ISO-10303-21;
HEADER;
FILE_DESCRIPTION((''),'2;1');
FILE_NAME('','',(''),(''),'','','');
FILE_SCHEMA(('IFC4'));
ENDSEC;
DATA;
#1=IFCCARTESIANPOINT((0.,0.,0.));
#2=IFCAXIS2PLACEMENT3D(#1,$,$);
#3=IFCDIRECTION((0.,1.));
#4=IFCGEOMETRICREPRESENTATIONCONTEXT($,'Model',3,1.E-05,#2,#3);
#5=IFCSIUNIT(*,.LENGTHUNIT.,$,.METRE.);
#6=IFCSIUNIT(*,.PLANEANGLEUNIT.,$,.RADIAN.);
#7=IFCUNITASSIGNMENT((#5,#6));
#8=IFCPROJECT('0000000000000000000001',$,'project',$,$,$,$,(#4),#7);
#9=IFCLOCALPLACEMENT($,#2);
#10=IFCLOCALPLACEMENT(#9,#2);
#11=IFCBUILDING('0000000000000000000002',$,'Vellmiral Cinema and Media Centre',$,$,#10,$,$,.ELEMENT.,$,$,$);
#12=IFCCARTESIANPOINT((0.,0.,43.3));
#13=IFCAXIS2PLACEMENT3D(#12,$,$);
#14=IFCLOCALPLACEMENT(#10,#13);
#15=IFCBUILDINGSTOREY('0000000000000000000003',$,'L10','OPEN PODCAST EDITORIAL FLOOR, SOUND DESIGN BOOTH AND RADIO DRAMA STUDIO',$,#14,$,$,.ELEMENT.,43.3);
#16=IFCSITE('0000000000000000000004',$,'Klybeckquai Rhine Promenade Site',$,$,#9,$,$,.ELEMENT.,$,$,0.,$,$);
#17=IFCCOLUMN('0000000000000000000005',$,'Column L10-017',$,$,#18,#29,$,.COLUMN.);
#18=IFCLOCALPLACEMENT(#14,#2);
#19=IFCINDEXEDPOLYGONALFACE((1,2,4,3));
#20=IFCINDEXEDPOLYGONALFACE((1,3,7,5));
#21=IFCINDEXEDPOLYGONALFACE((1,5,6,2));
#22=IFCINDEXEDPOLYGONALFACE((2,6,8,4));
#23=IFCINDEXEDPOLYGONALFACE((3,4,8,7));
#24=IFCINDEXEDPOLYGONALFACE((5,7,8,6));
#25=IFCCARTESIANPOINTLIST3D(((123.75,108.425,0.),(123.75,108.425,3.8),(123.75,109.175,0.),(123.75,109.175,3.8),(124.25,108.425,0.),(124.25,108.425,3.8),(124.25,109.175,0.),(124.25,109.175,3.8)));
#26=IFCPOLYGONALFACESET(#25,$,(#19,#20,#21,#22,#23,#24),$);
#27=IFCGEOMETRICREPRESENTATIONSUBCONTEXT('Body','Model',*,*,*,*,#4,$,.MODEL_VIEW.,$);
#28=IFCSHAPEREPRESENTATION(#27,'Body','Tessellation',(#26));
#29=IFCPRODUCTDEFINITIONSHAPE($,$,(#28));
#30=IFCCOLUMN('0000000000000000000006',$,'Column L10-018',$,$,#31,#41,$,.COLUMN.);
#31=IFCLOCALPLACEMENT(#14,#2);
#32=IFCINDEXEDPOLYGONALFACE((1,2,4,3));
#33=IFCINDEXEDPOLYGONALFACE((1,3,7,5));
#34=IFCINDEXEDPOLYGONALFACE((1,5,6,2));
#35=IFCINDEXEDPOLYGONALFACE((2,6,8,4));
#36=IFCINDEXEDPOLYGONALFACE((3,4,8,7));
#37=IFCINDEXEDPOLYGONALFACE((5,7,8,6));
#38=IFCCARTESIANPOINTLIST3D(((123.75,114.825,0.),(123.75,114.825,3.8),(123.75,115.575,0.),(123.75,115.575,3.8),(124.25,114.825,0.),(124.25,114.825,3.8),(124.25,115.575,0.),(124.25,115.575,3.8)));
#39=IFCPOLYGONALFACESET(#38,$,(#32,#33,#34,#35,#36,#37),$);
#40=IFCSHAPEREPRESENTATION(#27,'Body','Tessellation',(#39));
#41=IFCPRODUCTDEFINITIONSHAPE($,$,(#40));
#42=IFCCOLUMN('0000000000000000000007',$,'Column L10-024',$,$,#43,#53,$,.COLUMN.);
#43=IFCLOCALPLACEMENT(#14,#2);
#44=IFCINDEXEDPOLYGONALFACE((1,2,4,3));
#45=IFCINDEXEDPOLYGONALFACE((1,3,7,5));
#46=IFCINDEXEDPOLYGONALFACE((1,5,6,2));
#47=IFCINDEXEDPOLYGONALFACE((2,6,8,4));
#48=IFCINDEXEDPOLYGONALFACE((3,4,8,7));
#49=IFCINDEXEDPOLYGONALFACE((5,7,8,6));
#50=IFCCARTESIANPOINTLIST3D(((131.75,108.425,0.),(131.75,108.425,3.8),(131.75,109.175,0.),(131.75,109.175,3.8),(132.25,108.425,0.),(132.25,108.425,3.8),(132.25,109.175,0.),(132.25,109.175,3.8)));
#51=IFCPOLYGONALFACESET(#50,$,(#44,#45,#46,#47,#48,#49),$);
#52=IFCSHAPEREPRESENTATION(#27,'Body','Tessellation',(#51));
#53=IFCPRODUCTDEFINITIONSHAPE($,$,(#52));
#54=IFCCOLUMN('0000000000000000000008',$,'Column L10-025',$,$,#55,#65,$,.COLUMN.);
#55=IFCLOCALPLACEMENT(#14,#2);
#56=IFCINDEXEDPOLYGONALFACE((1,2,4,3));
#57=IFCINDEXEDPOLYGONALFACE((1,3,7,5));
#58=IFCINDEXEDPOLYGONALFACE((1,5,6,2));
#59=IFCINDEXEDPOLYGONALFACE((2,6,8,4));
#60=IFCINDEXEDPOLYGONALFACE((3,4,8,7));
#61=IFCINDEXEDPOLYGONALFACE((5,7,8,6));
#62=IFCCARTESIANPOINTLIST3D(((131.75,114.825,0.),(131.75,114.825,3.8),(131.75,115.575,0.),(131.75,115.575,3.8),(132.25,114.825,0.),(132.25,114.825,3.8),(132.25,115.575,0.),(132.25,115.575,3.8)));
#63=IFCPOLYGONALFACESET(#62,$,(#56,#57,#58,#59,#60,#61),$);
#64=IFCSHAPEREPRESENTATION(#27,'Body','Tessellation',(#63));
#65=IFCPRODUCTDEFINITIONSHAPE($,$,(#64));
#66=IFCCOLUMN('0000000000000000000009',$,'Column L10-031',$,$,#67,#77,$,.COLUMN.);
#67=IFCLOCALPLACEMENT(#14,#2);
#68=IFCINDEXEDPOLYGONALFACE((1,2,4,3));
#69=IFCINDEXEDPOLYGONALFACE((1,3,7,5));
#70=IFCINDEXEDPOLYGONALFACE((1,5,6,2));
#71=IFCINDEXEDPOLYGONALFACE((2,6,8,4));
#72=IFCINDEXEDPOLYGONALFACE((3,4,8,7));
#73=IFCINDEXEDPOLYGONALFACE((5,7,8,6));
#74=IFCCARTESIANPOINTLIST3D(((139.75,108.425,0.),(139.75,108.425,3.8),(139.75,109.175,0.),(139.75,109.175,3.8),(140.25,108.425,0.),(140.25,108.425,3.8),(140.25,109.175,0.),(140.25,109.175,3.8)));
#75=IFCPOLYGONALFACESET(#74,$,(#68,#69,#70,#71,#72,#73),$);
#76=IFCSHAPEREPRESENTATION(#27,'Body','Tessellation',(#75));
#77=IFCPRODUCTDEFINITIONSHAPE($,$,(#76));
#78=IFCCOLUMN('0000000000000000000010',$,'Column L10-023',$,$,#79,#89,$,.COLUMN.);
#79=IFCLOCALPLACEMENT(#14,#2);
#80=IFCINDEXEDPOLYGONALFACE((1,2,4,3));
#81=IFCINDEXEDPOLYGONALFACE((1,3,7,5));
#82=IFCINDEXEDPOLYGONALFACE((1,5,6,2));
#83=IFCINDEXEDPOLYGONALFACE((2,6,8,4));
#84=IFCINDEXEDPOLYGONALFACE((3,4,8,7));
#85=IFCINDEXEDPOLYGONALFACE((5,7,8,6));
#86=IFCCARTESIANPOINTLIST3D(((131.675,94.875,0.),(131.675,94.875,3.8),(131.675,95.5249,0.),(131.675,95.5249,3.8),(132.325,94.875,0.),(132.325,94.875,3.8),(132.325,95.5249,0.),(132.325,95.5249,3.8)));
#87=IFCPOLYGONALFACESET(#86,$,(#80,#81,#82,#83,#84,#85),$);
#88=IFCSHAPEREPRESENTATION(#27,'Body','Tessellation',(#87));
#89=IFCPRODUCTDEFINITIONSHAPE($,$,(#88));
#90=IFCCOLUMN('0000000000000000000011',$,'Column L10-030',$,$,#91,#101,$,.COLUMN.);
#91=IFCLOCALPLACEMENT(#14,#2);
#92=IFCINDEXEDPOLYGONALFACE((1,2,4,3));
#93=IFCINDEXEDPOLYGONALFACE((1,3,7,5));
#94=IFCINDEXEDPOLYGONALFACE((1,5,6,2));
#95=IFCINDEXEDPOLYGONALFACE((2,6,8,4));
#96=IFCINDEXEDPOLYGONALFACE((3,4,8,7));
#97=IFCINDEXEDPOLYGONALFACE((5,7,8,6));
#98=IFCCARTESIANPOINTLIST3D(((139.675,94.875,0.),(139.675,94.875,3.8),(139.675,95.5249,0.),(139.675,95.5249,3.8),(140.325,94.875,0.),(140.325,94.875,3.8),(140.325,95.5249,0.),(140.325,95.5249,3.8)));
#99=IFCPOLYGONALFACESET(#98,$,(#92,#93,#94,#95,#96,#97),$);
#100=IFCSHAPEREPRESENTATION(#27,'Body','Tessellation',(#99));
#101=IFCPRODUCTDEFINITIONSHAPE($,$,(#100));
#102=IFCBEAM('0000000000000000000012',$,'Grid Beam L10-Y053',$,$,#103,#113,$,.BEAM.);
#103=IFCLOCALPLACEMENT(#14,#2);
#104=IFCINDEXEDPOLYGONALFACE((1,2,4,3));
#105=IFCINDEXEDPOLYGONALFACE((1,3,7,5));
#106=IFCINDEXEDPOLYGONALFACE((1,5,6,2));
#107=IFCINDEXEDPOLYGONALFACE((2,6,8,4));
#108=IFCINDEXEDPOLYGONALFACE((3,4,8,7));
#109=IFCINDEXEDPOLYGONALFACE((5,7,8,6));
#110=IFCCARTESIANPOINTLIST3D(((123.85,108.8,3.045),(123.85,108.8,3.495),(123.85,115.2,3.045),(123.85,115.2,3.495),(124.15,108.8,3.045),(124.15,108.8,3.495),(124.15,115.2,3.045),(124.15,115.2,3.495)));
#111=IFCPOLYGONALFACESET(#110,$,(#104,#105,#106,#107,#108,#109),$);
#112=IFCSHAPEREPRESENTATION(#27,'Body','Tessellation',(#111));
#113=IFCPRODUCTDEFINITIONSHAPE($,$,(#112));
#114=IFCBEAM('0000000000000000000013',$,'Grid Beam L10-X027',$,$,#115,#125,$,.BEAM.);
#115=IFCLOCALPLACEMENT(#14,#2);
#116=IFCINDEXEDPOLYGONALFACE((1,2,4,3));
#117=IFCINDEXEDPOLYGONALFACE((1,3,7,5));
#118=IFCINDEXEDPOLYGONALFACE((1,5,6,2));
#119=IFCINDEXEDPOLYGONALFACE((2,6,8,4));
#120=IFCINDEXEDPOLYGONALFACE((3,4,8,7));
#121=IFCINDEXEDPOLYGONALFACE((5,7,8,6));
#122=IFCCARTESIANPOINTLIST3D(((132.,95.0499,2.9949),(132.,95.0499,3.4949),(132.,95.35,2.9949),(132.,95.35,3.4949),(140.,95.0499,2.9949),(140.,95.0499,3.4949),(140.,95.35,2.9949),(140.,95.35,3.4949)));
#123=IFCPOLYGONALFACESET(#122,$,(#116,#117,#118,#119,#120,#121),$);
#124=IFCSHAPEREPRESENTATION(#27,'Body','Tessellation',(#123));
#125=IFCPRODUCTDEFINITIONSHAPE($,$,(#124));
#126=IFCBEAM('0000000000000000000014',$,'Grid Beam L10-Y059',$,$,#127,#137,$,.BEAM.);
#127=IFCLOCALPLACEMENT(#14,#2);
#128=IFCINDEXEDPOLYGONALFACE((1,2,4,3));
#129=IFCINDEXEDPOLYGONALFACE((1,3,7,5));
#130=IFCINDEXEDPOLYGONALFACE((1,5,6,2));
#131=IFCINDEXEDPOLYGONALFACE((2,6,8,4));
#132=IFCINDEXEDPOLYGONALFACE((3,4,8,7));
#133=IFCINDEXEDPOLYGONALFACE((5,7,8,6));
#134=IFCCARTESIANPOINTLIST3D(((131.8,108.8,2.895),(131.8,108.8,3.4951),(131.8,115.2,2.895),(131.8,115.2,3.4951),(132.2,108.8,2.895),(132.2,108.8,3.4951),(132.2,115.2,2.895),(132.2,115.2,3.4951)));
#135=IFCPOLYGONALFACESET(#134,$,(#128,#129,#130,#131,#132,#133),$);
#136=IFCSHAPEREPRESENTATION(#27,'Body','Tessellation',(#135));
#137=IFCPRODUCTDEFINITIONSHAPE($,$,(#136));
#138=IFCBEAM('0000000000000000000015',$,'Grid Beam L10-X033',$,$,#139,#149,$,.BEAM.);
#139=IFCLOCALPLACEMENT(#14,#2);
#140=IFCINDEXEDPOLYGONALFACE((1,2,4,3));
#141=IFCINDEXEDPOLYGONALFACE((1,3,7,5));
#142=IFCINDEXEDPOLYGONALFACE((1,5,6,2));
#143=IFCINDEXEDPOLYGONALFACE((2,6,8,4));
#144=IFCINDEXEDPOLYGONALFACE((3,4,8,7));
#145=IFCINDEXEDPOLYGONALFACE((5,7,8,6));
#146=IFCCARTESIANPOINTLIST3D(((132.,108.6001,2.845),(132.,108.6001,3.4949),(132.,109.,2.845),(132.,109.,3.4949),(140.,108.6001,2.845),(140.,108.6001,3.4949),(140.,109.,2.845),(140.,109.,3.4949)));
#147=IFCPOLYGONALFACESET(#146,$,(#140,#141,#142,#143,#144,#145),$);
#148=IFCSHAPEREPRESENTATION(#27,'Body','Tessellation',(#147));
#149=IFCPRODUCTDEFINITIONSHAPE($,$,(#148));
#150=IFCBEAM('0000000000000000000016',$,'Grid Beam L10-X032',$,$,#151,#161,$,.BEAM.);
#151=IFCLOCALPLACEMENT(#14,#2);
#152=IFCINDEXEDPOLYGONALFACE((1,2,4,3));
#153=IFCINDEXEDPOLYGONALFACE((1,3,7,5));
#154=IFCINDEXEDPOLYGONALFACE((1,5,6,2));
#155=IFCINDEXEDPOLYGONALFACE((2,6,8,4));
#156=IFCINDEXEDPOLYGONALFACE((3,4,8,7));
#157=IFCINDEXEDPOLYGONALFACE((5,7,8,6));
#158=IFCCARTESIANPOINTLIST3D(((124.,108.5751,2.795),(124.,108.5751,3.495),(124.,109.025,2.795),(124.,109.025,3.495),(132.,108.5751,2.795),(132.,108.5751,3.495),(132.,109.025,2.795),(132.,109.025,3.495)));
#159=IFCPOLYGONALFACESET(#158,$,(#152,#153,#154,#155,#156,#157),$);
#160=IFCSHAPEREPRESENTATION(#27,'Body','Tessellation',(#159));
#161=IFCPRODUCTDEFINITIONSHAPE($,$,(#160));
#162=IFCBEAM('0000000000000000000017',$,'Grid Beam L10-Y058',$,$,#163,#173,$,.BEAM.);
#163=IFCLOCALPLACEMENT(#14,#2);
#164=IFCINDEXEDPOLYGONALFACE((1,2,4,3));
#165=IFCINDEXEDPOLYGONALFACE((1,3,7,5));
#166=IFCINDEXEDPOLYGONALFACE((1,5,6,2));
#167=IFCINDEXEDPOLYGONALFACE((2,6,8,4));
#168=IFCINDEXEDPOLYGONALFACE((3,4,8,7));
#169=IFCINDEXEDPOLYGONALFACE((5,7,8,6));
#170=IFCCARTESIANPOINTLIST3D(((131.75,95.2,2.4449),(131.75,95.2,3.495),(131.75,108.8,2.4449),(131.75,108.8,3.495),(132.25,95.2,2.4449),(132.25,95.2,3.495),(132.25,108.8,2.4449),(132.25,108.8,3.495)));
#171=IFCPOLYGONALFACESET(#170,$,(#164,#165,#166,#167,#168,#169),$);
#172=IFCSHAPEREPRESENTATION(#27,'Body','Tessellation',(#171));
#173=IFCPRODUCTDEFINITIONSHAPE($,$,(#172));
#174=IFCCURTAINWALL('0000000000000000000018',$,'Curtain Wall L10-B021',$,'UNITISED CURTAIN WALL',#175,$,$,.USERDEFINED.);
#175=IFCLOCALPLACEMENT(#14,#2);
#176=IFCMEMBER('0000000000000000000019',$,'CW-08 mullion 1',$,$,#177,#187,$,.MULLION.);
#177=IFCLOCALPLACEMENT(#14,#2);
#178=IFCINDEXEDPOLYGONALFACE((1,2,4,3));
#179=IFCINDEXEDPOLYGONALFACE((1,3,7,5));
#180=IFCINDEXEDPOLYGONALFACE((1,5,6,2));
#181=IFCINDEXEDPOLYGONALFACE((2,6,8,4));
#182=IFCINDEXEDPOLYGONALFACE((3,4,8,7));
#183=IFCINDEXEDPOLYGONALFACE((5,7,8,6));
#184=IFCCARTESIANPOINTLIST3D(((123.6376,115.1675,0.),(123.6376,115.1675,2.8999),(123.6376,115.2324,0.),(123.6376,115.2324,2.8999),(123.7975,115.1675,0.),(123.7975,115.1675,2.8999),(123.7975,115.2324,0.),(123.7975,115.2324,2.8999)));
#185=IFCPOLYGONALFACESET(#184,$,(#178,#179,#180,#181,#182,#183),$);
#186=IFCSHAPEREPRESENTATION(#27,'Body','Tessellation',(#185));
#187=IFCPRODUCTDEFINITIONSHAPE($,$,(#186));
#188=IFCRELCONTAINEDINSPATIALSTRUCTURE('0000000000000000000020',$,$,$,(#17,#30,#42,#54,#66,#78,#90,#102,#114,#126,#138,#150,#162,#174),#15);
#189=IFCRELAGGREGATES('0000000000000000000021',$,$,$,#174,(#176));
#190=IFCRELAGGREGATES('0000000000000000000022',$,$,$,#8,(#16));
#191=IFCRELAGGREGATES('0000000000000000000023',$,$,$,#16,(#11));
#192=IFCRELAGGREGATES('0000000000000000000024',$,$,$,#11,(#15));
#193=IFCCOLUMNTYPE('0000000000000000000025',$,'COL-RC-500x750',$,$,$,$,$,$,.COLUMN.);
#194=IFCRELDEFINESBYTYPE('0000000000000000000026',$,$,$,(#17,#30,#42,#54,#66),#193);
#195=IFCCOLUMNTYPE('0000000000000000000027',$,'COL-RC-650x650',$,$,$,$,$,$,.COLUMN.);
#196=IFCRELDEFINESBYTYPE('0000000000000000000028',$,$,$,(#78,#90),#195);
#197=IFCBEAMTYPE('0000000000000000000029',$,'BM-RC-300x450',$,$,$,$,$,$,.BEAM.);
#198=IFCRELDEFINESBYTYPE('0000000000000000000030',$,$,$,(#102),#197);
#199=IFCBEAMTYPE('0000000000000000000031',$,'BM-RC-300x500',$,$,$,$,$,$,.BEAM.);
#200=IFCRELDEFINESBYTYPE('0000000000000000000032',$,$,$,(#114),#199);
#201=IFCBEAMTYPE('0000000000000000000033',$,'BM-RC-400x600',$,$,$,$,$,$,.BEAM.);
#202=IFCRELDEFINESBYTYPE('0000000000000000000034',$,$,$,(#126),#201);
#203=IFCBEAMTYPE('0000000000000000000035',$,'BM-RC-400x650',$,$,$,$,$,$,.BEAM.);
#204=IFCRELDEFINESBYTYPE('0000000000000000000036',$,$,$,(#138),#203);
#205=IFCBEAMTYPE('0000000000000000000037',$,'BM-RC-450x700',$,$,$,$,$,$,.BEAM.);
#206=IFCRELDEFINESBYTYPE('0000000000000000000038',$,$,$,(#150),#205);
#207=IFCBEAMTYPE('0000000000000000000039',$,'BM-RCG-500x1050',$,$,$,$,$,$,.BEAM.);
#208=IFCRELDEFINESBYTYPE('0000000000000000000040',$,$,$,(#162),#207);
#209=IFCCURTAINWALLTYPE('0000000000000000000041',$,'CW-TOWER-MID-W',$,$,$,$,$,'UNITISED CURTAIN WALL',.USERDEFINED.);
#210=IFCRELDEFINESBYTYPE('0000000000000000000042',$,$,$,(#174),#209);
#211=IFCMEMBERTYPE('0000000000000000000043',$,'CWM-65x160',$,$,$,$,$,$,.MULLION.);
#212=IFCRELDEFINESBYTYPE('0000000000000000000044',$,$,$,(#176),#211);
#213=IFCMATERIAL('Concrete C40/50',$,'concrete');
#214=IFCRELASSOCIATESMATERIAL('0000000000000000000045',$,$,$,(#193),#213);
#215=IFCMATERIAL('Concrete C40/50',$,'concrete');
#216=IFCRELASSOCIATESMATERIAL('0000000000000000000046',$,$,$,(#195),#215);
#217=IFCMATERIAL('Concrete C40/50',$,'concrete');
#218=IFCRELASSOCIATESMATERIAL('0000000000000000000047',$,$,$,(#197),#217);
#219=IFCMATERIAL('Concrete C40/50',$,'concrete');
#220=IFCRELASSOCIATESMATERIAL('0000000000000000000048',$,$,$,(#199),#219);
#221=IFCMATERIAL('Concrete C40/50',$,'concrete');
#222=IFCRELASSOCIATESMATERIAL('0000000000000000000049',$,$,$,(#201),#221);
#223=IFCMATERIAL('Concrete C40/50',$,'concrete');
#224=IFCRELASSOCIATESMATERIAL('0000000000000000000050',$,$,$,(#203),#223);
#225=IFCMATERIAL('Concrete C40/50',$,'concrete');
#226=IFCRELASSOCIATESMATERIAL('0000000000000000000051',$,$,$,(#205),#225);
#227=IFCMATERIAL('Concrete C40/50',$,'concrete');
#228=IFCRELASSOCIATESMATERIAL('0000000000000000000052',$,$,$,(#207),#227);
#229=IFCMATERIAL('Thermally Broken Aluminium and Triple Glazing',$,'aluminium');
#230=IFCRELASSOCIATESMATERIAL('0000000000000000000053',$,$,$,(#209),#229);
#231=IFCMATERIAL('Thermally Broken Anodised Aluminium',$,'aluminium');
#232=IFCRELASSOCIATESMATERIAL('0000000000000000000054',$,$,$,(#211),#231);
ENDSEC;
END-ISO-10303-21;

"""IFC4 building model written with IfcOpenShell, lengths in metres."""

from ifc_helpers import new_model, si_unit, direction, frame, origin, origin_2d, place, context, subcontext, project, spatial, rectangle, extrude, material, material_profile, profile_set, type_object, element, aggregate, save


model = new_model("IFC4")

# Units and contexts
model_context = context("Model", 3, precision=1e-05, world=origin(), true_north=direction((0.0, 1.0)))
body_context = subcontext(model_context, "Body", "Model", "MODEL_VIEW")
ifc_project = project(units=[si_unit("LENGTHUNIT", "METRE"), si_unit("PLANEANGLEUNIT", "RADIAN")], contexts=[model_context])

# Site, building, storey
site_placement = place(None, origin())
site = spatial("IfcSite", under=ifc_project, at=site_placement, Name="Klybeckquai Rhine Promenade Site", CompositionType="ELEMENT", RefElevation=0.0)
building_placement = place(site_placement, origin())
building = spatial("IfcBuilding", under=site, at=building_placement, Name="Vellmiral Cinema and Media Centre", CompositionType="ELEMENT")
storey_placement = place(building_placement, frame((0.0, 0.0, 43.3)))
storey = spatial("IfcBuildingStorey", under=building, at=storey_placement, Name="L10", Description="OPEN PODCAST EDITORIAL FLOOR, SOUND DESIGN BOOTH AND RADIO DRAMA STUDIO", CompositionType="ELEMENT", Elevation=43.3)

# Columns
ifc_material_1 = material(Name="Concrete C40/50", Category="concrete")
ifc_material_profile_1 = material_profile(ifc_material_1, rectangle(XDim=0.5, YDim=0.75, at=origin_2d()), Name="RC 500x750")
ifc_profile_set_1 = profile_set([ifc_material_profile_1], Name="Concrete C40/50")
column_type_1 = type_object("IfcColumnType", Name="COL-RC-500x750", PredefinedType="COLUMN", material=ifc_profile_set_1)
for number, where, z_axis, x_axis, name in (
    (1, (124.0, 108.8, 0.0), (0.0, 0.0, 1.0), (1.0, 0.0, 0.0), "Column L10-017"),
    (2, (124.0, 115.2, 0.0), (0.0, 0.0, 1.0), (1.0, 0.0, 0.0), "Column L10-018"),
    (3, (132.0, 108.8, 0.0), (0.0, 0.0, 1.0), (1.0, 0.0, 0.0), "Column L10-024"),
    (4, (132.0, 115.2, 0.0), (0.0, 0.0, 1.0), (1.0, 0.0, 0.0), "Column L10-025"),
    (5, (140.0, 108.8, 0.0), (0.0, 0.0, 1.0), (1.0, 0.0, 0.0), "Column L10-031"),
):
    element("IfcColumn", number, at=place(storey_placement, frame(where, z_axis=z_axis, x_axis=x_axis)), inside=storey, type_object=column_type_1, Name=name, PredefinedType="COLUMN", context=body_context, shape_type="SweptSolid", body=[
        extrude(rectangle(XDim=0.5, YDim=0.75, at=origin_2d()), origin(), (0.0, 0.0, 1.0), 3.8),
    ])
ifc_material_2 = material(Name="Concrete C40/50", Category="concrete")
ifc_material_profile_2 = material_profile(ifc_material_2, rectangle(XDim=0.6499, YDim=0.6499, at=origin_2d()), Name="RC 650x650")
ifc_profile_set_2 = profile_set([ifc_material_profile_2], Name="Concrete C40/50")
column_type_2 = type_object("IfcColumnType", Name="COL-RC-650x650", PredefinedType="COLUMN", material=ifc_profile_set_2)
for number, where, z_axis, x_axis, name in (
    (6, (132.0, 95.2, 0.0), (0.0, 0.0, 1.0), (1.0, 0.0, 0.0), "Column L10-023"),
    (7, (140.0, 95.2, 0.0), (0.0, 0.0, 1.0), (1.0, 0.0, 0.0), "Column L10-030"),
):
    element("IfcColumn", number, at=place(storey_placement, frame(where, z_axis=z_axis, x_axis=x_axis)), inside=storey, type_object=column_type_2, Name=name, PredefinedType="COLUMN", context=body_context, shape_type="SweptSolid", body=[
        extrude(rectangle(XDim=0.6499, YDim=0.6499, at=origin_2d()), origin(), (0.0, 0.0, 1.0), 3.8),
    ])

# Beams
ifc_material_3 = material(Name="Concrete C40/50", Category="concrete")
ifc_material_profile_3 = material_profile(ifc_material_3, rectangle(XDim=0.3, YDim=0.45, at=origin_2d()), Name="RC 300x450")
ifc_profile_set_3 = profile_set([ifc_material_profile_3], Name="Concrete C40/50")
beam_type_1 = type_object("IfcBeamType", Name="BM-RC-300x450", PredefinedType="BEAM", material=ifc_profile_set_3)
beam_1_placement = place(storey_placement, frame((124.0, 108.8, 3.27), z_axis=(0.0, 1.0, 0.0), x_axis=(-1.0, 0.0, 0.0)))
element("IfcBeam", 8, at=beam_1_placement, inside=storey, type_object=beam_type_1, Name="Grid Beam L10-Y053", PredefinedType="BEAM", context=body_context, shape_type="SweptSolid", body=[
    extrude(rectangle(XDim=0.3, YDim=0.45, at=origin_2d()), origin(), (0.0, 0.0, 1.0), 6.3999),
])
ifc_material_4 = material(Name="Concrete C40/50", Category="concrete")
ifc_material_profile_4 = material_profile(ifc_material_4, rectangle(XDim=0.3, YDim=0.5, at=origin_2d()), Name="RC 300x500")
ifc_profile_set_4 = profile_set([ifc_material_profile_4], Name="Concrete C40/50")
beam_type_2 = type_object("IfcBeamType", Name="BM-RC-300x500", PredefinedType="BEAM", material=ifc_profile_set_4)
beam_2_placement = place(storey_placement, frame((132.0, 95.2, 3.2449), z_axis=(1.0, 0.0, 0.0), x_axis=(0.0, 1.0, 0.0)))
element("IfcBeam", 9, at=beam_2_placement, inside=storey, type_object=beam_type_2, Name="Grid Beam L10-X027", PredefinedType="BEAM", context=body_context, shape_type="SweptSolid", body=[
    extrude(rectangle(XDim=0.3, YDim=0.5, at=origin_2d()), origin(), (0.0, 0.0, 1.0), 8.0),
])
ifc_material_5 = material(Name="Concrete C40/50", Category="concrete")
ifc_material_profile_5 = material_profile(ifc_material_5, rectangle(XDim=0.3999, YDim=0.6001, at=origin_2d()), Name="RC 400x600")
ifc_profile_set_5 = profile_set([ifc_material_profile_5], Name="Concrete C40/50")
beam_type_3 = type_object("IfcBeamType", Name="BM-RC-400x600", PredefinedType="BEAM", material=ifc_profile_set_5)
beam_3_placement = place(storey_placement, frame((132.0, 108.8, 3.1951), z_axis=(0.0, 1.0, 0.0), x_axis=(-1.0, 0.0, 0.0)))
element("IfcBeam", 10, at=beam_3_placement, inside=storey, type_object=beam_type_3, Name="Grid Beam L10-Y059", PredefinedType="BEAM", context=body_context, shape_type="SweptSolid", body=[
    extrude(rectangle(XDim=0.3999, YDim=0.6001, at=origin_2d()), origin(), (0.0, 0.0, 1.0), 6.3999),
])
ifc_material_6 = material(Name="Concrete C40/50", Category="concrete")
ifc_material_profile_6 = material_profile(ifc_material_6, rectangle(XDim=0.3999, YDim=0.6499, at=origin_2d()), Name="RC 400x650")
ifc_profile_set_6 = profile_set([ifc_material_profile_6], Name="Concrete C40/50")
beam_type_4 = type_object("IfcBeamType", Name="BM-RC-400x650", PredefinedType="BEAM", material=ifc_profile_set_6)
beam_4_placement = place(storey_placement, frame((132.0, 108.8, 3.1699), z_axis=(1.0, 0.0, 0.0), x_axis=(0.0, 1.0, 0.0)))
element("IfcBeam", 11, at=beam_4_placement, inside=storey, type_object=beam_type_4, Name="Grid Beam L10-X033", PredefinedType="BEAM", context=body_context, shape_type="SweptSolid", body=[
    extrude(rectangle(XDim=0.3999, YDim=0.6499, at=origin_2d()), origin(), (0.0, 0.0, 1.0), 8.0),
])
ifc_material_7 = material(Name="Concrete C40/50", Category="concrete")
ifc_material_profile_7 = material_profile(ifc_material_7, rectangle(XDim=0.45, YDim=0.7, at=origin_2d()), Name="RC 450x700")
ifc_profile_set_7 = profile_set([ifc_material_profile_7], Name="Concrete C40/50")
beam_type_5 = type_object("IfcBeamType", Name="BM-RC-450x700", PredefinedType="BEAM", material=ifc_profile_set_7)
beam_5_placement = place(storey_placement, frame((124.0, 108.8, 3.145), z_axis=(1.0, 0.0, 0.0), x_axis=(0.0, 1.0, 0.0)))
element("IfcBeam", 12, at=beam_5_placement, inside=storey, type_object=beam_type_5, Name="Grid Beam L10-X032", PredefinedType="BEAM", context=body_context, shape_type="SweptSolid", body=[
    extrude(rectangle(XDim=0.45, YDim=0.7, at=origin_2d()), origin(), (0.0, 0.0, 1.0), 8.0),
])
ifc_material_8 = material(Name="Concrete C40/50", Category="concrete")
ifc_material_profile_8 = material_profile(ifc_material_8, rectangle(XDim=0.5, YDim=1.05, at=origin_2d()), Name="RC 500x1050")
ifc_profile_set_8 = profile_set([ifc_material_profile_8], Name="Concrete C40/50")
beam_type_6 = type_object("IfcBeamType", Name="BM-RCG-500x1050", PredefinedType="BEAM", material=ifc_profile_set_8)
beam_6_placement = place(storey_placement, frame((132.0, 95.2, 2.97), z_axis=(0.0, 1.0, 0.0), x_axis=(-1.0, 0.0, 0.0)))
element("IfcBeam", 13, at=beam_6_placement, inside=storey, type_object=beam_type_6, Name="Grid Beam L10-Y058", PredefinedType="BEAM", context=body_context, shape_type="SweptSolid", body=[
    extrude(rectangle(XDim=0.5, YDim=1.05, at=origin_2d()), origin(), (0.0, 0.0, 1.0), 13.6001),
])

# Curtain wall, member
ifc_material_9 = material(Name="Thermally Broken Aluminium and Triple Glazing", Category="aluminium")
curtain_wall_type = type_object("IfcCurtainWallType", Name="CW-TOWER-MID-W", ElementType="UNITISED CURTAIN WALL", PredefinedType="USERDEFINED", material=ifc_material_9)
curtain_wall_placement = place(storey_placement, origin())
curtain_wall = element("IfcCurtainWall", 14, at=curtain_wall_placement, inside=storey, type_object=curtain_wall_type, Name="Curtain Wall L10-B021", ObjectType="UNITISED CURTAIN WALL", PredefinedType="USERDEFINED")
ifc_material_10 = material(Name="Thermally Broken Anodised Aluminium", Category="aluminium")
ifc_material_profile_9 = material_profile(ifc_material_10, rectangle(XDim=0.0649, YDim=0.1599, at=origin_2d()), Name="MULL 65x160")
ifc_profile_set_9 = profile_set([ifc_material_profile_9], Name="Thermally Broken Anodised Aluminium")
member_type_1 = type_object("IfcMemberType", Name="CWM-65x160", PredefinedType="MULLION", material=ifc_profile_set_9)
member_1_placement = place(storey_placement, frame((123.7175, 115.2, 0.0), z_axis=(0.0, 0.0, 1.0), x_axis=(0.0, -1.0, 0.0)))
member_1 = element("IfcMember", 15, at=member_1_placement, type_object=member_type_1, Name="CW-08 mullion 1", PredefinedType="MULLION", context=body_context, shape_type="SweptSolid", body=[
    extrude(rectangle(XDim=0.0649, YDim=0.1599, at=origin_2d()), origin(), (0.0, 0.0, 1.0), 2.8999),
])

aggregate(curtain_wall, [member_1])

save(model, "model.ifc")
